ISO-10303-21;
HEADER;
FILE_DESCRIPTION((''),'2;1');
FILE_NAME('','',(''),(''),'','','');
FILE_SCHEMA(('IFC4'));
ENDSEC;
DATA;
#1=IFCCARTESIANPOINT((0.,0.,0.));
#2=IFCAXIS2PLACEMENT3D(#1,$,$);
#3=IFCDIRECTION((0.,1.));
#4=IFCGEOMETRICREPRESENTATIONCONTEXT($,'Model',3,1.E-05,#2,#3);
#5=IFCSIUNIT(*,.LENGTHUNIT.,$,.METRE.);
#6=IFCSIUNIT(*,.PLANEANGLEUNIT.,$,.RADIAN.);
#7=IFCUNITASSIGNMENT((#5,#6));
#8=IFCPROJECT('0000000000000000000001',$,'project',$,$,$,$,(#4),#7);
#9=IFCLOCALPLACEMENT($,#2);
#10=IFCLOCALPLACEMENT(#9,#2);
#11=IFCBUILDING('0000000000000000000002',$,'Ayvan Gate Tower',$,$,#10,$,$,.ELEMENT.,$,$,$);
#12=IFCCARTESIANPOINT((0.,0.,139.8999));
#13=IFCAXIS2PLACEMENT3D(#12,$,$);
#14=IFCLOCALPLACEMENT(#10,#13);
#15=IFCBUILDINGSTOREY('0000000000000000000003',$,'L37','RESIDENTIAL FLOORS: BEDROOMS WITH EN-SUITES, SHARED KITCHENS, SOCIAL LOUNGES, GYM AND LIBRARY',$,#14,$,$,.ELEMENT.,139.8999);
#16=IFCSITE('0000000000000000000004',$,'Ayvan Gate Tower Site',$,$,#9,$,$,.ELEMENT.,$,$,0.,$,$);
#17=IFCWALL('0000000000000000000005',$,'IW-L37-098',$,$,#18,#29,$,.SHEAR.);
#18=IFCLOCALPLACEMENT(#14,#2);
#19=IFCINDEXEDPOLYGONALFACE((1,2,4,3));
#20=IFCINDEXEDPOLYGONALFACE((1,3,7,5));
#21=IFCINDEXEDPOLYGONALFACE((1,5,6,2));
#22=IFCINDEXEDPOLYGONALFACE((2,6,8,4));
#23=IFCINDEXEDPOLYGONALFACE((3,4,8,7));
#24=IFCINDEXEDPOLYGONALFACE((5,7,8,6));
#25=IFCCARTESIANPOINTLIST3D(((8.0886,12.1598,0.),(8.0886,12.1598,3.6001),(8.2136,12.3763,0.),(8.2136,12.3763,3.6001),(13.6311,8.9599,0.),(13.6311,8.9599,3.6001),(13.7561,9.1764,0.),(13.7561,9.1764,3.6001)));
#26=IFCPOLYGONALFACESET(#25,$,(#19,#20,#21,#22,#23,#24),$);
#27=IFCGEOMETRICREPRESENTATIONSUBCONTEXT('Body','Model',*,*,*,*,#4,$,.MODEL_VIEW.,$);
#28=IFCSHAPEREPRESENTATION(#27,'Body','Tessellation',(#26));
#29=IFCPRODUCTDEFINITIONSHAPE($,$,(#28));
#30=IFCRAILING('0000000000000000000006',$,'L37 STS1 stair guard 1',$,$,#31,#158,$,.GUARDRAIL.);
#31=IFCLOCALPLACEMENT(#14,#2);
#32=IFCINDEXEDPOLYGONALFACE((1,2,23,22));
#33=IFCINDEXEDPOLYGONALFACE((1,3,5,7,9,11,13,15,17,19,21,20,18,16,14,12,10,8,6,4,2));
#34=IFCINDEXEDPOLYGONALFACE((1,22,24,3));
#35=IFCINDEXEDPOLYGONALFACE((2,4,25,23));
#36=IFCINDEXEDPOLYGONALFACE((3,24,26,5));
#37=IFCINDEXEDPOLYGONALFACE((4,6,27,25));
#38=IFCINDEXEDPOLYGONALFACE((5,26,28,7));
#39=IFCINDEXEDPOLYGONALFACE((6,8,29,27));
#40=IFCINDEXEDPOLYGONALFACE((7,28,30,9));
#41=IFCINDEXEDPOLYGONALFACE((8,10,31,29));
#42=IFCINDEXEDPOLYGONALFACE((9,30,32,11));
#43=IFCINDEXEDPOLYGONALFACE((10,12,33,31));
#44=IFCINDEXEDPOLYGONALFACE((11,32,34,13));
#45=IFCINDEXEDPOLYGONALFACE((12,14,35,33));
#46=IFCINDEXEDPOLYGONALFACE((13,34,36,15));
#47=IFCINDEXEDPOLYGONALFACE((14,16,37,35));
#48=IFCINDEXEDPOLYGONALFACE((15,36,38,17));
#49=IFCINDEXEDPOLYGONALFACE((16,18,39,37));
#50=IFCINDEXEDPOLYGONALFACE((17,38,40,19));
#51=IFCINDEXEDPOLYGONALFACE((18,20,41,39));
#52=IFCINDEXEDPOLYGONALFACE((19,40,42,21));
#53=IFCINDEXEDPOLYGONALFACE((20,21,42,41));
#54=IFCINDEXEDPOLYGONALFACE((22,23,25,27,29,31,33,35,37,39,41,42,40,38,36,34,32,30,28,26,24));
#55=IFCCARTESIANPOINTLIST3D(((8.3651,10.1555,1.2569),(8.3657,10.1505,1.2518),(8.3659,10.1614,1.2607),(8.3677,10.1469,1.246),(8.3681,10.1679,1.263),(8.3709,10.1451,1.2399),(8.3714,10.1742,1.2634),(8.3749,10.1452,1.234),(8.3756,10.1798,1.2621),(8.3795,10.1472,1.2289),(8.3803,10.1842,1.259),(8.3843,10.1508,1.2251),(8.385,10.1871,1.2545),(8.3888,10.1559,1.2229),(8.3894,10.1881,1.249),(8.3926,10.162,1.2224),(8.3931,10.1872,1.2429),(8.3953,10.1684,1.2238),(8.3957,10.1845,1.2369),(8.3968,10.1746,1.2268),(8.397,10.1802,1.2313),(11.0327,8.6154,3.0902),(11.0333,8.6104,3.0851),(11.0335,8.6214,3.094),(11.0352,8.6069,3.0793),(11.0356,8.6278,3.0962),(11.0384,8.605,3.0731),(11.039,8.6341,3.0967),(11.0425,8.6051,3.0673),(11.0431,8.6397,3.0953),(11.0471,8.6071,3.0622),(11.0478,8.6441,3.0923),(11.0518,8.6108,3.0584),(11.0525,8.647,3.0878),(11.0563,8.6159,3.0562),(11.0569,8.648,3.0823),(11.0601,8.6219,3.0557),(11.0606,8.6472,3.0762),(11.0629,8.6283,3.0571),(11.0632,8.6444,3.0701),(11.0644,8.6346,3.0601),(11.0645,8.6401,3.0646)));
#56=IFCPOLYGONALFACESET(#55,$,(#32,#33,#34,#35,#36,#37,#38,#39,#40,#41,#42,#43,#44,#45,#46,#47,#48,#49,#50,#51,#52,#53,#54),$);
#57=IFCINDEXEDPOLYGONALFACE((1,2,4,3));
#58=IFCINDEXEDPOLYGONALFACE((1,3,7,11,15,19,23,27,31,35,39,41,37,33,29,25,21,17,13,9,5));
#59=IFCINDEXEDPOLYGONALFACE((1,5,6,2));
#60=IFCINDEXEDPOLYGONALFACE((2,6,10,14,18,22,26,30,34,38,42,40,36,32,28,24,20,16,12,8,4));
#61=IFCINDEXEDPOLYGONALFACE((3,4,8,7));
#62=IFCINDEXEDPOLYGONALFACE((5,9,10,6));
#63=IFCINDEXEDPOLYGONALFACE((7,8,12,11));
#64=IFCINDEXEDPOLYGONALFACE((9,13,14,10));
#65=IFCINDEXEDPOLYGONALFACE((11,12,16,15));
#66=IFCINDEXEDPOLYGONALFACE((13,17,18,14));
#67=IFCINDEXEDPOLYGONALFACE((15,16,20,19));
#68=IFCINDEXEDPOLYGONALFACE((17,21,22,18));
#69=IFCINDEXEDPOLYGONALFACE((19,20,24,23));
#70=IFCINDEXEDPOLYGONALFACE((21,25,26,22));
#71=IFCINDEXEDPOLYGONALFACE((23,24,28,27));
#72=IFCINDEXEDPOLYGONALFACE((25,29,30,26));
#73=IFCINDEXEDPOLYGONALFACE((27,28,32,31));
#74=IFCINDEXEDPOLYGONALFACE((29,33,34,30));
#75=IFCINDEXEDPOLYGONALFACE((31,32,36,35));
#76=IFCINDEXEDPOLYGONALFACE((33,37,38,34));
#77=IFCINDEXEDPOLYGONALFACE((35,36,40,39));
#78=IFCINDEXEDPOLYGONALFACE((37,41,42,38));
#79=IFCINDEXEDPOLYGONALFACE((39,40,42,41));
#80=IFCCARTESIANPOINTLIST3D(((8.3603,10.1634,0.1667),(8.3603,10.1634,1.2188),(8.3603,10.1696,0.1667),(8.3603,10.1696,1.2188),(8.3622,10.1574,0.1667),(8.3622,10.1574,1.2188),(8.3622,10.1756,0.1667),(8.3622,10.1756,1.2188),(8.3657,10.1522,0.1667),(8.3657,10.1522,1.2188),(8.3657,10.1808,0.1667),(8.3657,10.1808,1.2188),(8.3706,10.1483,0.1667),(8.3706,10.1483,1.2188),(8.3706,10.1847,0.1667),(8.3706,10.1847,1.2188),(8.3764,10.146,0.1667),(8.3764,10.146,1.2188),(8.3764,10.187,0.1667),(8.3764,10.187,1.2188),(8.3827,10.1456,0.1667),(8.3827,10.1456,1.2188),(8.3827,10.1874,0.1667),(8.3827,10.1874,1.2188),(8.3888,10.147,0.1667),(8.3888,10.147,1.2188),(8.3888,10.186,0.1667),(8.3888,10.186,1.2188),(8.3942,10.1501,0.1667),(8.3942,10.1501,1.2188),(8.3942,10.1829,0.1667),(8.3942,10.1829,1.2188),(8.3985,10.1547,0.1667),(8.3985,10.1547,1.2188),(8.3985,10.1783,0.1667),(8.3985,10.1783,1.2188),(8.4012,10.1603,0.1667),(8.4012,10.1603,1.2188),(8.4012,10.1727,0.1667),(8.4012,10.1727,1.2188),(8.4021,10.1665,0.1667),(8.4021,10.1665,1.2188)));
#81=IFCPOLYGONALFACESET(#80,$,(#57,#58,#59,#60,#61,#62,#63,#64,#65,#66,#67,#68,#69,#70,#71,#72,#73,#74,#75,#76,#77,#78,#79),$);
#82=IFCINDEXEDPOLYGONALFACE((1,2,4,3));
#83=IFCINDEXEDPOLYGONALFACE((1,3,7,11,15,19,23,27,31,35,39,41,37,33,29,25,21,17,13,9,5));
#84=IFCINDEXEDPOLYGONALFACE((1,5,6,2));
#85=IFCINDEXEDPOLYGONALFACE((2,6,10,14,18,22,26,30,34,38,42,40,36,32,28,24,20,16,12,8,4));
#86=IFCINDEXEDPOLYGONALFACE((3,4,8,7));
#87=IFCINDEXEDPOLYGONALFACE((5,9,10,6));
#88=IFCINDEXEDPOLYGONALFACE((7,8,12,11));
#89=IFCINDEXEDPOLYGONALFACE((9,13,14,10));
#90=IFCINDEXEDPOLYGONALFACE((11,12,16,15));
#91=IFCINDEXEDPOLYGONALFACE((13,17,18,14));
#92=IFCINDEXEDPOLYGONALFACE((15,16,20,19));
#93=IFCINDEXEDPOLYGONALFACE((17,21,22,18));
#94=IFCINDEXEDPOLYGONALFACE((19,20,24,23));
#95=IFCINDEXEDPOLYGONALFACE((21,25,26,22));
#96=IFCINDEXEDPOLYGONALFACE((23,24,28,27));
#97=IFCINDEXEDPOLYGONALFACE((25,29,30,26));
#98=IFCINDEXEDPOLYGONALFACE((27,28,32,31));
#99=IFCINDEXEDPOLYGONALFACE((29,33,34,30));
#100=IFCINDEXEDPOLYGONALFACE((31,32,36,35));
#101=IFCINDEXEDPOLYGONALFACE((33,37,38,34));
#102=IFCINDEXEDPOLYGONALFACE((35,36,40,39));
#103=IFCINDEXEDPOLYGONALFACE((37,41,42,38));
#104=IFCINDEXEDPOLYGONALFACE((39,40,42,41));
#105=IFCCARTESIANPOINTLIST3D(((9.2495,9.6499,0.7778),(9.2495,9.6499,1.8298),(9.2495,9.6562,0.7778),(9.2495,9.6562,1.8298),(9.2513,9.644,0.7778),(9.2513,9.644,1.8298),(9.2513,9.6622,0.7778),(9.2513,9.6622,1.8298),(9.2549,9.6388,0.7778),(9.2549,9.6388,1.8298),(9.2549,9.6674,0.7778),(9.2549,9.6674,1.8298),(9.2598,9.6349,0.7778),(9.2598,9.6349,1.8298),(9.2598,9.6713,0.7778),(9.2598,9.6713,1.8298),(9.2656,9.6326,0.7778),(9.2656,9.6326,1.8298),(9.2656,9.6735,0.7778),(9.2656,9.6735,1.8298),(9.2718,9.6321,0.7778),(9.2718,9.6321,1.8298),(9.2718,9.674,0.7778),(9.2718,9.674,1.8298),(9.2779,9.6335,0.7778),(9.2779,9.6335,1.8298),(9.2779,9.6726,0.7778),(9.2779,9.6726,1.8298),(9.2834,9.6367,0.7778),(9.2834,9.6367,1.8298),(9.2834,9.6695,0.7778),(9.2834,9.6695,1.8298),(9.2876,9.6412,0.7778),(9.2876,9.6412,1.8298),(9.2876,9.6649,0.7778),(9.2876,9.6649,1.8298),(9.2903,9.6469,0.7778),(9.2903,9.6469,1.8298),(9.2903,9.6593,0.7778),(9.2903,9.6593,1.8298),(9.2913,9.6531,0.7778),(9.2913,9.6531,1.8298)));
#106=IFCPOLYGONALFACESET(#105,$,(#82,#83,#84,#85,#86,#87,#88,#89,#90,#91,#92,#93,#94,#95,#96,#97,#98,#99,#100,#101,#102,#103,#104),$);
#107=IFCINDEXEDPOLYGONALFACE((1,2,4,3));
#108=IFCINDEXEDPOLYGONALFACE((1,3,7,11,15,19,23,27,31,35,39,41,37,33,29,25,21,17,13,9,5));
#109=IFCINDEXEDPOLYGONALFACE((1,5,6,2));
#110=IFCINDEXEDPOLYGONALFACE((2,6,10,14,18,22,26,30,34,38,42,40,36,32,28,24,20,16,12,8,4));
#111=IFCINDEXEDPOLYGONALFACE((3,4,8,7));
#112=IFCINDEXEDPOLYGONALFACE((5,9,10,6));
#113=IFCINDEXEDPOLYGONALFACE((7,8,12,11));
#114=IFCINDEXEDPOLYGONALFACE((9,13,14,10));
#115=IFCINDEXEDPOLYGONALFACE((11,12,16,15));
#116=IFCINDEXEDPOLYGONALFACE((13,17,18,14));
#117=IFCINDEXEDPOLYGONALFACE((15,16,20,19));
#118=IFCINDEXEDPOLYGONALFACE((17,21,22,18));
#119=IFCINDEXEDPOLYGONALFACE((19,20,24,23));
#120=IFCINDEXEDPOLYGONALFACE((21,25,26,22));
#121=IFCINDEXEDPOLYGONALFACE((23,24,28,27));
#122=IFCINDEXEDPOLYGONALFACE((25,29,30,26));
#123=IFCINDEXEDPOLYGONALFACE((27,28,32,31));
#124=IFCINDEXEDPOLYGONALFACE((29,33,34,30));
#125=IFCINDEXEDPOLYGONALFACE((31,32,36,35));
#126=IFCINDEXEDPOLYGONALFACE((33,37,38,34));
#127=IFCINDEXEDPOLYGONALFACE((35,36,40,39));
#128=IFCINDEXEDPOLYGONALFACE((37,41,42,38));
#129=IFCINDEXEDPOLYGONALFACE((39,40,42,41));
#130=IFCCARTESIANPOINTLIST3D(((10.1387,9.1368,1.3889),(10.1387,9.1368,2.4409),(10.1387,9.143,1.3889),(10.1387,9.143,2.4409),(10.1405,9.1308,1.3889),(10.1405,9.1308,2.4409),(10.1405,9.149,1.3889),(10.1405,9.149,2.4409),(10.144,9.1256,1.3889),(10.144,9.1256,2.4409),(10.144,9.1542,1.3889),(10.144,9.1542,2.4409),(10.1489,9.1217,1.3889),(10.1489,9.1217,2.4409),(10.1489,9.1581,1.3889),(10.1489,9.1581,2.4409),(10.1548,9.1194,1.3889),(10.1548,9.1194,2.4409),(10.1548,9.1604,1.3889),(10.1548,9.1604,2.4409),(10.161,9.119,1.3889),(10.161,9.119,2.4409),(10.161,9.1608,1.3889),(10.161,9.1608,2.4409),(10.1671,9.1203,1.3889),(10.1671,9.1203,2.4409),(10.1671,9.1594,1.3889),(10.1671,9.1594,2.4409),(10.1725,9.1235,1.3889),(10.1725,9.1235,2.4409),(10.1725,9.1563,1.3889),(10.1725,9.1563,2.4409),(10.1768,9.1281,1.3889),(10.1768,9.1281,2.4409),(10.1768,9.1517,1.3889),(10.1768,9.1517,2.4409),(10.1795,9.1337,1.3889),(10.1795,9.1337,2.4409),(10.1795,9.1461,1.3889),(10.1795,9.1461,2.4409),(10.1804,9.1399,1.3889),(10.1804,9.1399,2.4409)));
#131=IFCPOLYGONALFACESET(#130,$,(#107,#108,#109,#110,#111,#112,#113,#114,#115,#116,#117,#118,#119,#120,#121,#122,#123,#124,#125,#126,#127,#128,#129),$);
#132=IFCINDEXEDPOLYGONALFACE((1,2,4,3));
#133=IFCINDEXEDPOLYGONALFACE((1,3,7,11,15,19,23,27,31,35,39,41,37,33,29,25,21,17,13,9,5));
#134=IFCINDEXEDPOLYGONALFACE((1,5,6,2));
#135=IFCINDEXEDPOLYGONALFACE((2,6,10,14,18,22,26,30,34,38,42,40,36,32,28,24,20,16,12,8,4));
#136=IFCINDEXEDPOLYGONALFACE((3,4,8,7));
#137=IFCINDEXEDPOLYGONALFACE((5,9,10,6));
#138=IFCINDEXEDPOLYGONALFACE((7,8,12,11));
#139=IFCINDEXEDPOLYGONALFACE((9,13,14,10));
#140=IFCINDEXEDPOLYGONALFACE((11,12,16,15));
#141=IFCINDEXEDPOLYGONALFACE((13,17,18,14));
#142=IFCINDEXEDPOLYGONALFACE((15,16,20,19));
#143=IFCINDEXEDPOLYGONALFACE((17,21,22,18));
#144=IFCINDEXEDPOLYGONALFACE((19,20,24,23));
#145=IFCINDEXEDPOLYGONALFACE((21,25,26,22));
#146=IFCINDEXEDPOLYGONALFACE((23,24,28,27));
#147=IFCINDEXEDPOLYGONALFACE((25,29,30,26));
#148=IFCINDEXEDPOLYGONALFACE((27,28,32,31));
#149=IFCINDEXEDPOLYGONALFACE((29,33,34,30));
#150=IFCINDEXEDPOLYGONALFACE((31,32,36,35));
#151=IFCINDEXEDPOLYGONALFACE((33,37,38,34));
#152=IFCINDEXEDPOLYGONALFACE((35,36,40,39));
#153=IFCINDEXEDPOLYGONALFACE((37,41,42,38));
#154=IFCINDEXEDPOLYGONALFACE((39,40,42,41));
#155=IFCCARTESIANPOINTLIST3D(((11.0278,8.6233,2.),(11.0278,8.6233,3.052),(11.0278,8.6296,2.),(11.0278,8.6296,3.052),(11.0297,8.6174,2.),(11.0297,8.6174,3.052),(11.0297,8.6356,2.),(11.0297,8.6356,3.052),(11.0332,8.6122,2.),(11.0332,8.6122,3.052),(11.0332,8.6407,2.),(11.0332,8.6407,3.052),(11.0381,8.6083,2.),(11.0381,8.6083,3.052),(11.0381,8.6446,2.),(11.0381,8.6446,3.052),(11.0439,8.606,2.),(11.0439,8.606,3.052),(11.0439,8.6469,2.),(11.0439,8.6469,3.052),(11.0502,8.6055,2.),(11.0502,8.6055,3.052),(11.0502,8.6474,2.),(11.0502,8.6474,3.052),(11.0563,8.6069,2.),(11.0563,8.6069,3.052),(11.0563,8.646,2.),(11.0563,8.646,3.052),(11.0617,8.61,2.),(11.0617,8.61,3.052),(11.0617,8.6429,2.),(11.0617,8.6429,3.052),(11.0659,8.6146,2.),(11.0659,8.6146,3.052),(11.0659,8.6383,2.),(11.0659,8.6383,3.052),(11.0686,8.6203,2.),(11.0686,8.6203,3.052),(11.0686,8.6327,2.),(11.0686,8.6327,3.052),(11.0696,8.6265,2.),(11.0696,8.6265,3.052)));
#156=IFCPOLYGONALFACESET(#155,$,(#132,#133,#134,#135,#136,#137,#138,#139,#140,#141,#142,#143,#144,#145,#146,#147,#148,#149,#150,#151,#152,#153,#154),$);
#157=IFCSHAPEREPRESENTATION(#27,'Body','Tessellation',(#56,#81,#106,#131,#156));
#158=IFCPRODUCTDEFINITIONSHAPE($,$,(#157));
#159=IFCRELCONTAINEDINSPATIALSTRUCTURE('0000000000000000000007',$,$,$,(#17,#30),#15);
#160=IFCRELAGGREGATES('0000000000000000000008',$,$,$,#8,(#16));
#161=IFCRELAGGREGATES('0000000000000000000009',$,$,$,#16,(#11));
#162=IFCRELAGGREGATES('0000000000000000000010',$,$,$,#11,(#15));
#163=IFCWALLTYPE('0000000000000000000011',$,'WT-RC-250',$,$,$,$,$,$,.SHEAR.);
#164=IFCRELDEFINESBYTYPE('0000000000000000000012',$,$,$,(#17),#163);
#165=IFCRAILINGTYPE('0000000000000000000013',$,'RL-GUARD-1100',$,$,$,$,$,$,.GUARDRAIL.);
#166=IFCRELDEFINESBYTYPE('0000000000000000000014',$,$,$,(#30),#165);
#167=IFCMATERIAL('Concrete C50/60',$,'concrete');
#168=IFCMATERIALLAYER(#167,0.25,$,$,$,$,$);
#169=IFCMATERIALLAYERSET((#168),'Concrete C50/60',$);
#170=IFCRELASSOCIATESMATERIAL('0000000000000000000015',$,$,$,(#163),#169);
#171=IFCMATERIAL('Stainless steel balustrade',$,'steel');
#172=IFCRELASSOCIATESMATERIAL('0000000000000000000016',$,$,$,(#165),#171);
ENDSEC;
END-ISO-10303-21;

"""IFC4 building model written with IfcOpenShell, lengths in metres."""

from ifc_helpers import new_model, si_unit, direction, frame, frame_2d, origin, origin_2d, place, context, subcontext, project, spatial, rectangle, circle, extrude, material, layer, layer_set, type_object, element, save


model = new_model("IFC4")

# Units and contexts
model_context = context("Model", 3, precision=1e-05, world=origin(), true_north=direction((0.0, 1.0)))
body_context = subcontext(model_context, "Body", "Model", "MODEL_VIEW")
ifc_project = project(units=[si_unit("LENGTHUNIT", "METRE"), si_unit("PLANEANGLEUNIT", "RADIAN")], contexts=[model_context])

# Site, building, storey
site_placement = place(None, origin())
site = spatial("IfcSite", under=ifc_project, at=site_placement, Name="Ayvan Gate Tower Site", CompositionType="ELEMENT", RefElevation=0.0)
building_placement = place(site_placement, origin())
building = spatial("IfcBuilding", under=site, at=building_placement, Name="Ayvan Gate Tower", CompositionType="ELEMENT")
storey_placement = place(building_placement, frame((0.0, 0.0, 139.8999)))
storey = spatial("IfcBuildingStorey", under=building, at=storey_placement, Name="L37", Description="RESIDENTIAL FLOORS: BEDROOMS WITH EN-SUITES, SHARED KITCHENS, SOCIAL LOUNGES, GYM AND LIBRARY", CompositionType="ELEMENT", Elevation=139.8999)

# Shared definitions
ifc_material_1 = material(Name="Concrete C50/60", Category="concrete")
ifc_layer_1 = layer(ifc_material_1, 0.25)
ifc_layer_set_1 = layer_set([ifc_layer_1], Name="Concrete C50/60")
wall_type_1 = type_object("IfcWallType", Name="WT-RC-250", PredefinedType="SHEAR", material=ifc_layer_set_1)

# Wall
wall_1_placement = place(storey_placement, frame((8.1511, 12.2681, 0.0), z_axis=(0.0, 0.0, 1.0), x_axis=(0.866025, -0.5, 0.0)))
element("IfcWall", 1, at=wall_1_placement, inside=storey, type_object=wall_type_1, Name="IW-L37-098", PredefinedType="SHEAR", context=body_context, shape_type="SweptSolid", body=[
    extrude(rectangle(XDim=6.3999, YDim=0.25, at=frame_2d((3.2, 0.0))), origin(), (0.0, 0.0, 1.0), 3.6001),
])

# Railing
ifc_material_2 = material(Name="Stainless steel balustrade", Category="steel")
railing_type_1 = type_object("IfcRailingType", Name="RL-GUARD-1100", PredefinedType="GUARDRAIL", material=ifc_material_2)
railing_1_placement = place(storey_placement, frame((8.3811, 10.1665, 0.1667)))
element("IfcRailing", 2, at=railing_1_placement, inside=storey, type_object=railing_type_1, Name="L37 STS1 stair guard 1", PredefinedType="GUARDRAIL", context=body_context, shape_type="SweptSolid", body=[
    extrude(circle(Radius=0.0239, at=origin_2d()), frame((0.0, 0.0, 1.0762), z_axis=(0.74419, -0.429649, 0.511452), x_axis=(0.499992, 0.86603, 0.0)), (0.0, 0.0, 1.0), 3.5845),
    extrude(circle(Radius=0.021, at=origin_2d()), origin(), (0.0, 0.0, 1.0), 1.052),
    extrude(circle(Radius=0.021, at=origin_2d()), frame((0.8892, -0.5134, 0.6111)), (0.0, 0.0, 1.0), 1.052),
    extrude(circle(Radius=0.021, at=origin_2d()), frame((1.7783, -1.0266, 1.2222)), (0.0, 0.0, 1.0), 1.052),
    extrude(circle(Radius=0.021, at=origin_2d()), frame((2.6675, -1.54, 1.8333)), (0.0, 0.0, 1.0), 1.052),
])

save(model, "model.ifc")
